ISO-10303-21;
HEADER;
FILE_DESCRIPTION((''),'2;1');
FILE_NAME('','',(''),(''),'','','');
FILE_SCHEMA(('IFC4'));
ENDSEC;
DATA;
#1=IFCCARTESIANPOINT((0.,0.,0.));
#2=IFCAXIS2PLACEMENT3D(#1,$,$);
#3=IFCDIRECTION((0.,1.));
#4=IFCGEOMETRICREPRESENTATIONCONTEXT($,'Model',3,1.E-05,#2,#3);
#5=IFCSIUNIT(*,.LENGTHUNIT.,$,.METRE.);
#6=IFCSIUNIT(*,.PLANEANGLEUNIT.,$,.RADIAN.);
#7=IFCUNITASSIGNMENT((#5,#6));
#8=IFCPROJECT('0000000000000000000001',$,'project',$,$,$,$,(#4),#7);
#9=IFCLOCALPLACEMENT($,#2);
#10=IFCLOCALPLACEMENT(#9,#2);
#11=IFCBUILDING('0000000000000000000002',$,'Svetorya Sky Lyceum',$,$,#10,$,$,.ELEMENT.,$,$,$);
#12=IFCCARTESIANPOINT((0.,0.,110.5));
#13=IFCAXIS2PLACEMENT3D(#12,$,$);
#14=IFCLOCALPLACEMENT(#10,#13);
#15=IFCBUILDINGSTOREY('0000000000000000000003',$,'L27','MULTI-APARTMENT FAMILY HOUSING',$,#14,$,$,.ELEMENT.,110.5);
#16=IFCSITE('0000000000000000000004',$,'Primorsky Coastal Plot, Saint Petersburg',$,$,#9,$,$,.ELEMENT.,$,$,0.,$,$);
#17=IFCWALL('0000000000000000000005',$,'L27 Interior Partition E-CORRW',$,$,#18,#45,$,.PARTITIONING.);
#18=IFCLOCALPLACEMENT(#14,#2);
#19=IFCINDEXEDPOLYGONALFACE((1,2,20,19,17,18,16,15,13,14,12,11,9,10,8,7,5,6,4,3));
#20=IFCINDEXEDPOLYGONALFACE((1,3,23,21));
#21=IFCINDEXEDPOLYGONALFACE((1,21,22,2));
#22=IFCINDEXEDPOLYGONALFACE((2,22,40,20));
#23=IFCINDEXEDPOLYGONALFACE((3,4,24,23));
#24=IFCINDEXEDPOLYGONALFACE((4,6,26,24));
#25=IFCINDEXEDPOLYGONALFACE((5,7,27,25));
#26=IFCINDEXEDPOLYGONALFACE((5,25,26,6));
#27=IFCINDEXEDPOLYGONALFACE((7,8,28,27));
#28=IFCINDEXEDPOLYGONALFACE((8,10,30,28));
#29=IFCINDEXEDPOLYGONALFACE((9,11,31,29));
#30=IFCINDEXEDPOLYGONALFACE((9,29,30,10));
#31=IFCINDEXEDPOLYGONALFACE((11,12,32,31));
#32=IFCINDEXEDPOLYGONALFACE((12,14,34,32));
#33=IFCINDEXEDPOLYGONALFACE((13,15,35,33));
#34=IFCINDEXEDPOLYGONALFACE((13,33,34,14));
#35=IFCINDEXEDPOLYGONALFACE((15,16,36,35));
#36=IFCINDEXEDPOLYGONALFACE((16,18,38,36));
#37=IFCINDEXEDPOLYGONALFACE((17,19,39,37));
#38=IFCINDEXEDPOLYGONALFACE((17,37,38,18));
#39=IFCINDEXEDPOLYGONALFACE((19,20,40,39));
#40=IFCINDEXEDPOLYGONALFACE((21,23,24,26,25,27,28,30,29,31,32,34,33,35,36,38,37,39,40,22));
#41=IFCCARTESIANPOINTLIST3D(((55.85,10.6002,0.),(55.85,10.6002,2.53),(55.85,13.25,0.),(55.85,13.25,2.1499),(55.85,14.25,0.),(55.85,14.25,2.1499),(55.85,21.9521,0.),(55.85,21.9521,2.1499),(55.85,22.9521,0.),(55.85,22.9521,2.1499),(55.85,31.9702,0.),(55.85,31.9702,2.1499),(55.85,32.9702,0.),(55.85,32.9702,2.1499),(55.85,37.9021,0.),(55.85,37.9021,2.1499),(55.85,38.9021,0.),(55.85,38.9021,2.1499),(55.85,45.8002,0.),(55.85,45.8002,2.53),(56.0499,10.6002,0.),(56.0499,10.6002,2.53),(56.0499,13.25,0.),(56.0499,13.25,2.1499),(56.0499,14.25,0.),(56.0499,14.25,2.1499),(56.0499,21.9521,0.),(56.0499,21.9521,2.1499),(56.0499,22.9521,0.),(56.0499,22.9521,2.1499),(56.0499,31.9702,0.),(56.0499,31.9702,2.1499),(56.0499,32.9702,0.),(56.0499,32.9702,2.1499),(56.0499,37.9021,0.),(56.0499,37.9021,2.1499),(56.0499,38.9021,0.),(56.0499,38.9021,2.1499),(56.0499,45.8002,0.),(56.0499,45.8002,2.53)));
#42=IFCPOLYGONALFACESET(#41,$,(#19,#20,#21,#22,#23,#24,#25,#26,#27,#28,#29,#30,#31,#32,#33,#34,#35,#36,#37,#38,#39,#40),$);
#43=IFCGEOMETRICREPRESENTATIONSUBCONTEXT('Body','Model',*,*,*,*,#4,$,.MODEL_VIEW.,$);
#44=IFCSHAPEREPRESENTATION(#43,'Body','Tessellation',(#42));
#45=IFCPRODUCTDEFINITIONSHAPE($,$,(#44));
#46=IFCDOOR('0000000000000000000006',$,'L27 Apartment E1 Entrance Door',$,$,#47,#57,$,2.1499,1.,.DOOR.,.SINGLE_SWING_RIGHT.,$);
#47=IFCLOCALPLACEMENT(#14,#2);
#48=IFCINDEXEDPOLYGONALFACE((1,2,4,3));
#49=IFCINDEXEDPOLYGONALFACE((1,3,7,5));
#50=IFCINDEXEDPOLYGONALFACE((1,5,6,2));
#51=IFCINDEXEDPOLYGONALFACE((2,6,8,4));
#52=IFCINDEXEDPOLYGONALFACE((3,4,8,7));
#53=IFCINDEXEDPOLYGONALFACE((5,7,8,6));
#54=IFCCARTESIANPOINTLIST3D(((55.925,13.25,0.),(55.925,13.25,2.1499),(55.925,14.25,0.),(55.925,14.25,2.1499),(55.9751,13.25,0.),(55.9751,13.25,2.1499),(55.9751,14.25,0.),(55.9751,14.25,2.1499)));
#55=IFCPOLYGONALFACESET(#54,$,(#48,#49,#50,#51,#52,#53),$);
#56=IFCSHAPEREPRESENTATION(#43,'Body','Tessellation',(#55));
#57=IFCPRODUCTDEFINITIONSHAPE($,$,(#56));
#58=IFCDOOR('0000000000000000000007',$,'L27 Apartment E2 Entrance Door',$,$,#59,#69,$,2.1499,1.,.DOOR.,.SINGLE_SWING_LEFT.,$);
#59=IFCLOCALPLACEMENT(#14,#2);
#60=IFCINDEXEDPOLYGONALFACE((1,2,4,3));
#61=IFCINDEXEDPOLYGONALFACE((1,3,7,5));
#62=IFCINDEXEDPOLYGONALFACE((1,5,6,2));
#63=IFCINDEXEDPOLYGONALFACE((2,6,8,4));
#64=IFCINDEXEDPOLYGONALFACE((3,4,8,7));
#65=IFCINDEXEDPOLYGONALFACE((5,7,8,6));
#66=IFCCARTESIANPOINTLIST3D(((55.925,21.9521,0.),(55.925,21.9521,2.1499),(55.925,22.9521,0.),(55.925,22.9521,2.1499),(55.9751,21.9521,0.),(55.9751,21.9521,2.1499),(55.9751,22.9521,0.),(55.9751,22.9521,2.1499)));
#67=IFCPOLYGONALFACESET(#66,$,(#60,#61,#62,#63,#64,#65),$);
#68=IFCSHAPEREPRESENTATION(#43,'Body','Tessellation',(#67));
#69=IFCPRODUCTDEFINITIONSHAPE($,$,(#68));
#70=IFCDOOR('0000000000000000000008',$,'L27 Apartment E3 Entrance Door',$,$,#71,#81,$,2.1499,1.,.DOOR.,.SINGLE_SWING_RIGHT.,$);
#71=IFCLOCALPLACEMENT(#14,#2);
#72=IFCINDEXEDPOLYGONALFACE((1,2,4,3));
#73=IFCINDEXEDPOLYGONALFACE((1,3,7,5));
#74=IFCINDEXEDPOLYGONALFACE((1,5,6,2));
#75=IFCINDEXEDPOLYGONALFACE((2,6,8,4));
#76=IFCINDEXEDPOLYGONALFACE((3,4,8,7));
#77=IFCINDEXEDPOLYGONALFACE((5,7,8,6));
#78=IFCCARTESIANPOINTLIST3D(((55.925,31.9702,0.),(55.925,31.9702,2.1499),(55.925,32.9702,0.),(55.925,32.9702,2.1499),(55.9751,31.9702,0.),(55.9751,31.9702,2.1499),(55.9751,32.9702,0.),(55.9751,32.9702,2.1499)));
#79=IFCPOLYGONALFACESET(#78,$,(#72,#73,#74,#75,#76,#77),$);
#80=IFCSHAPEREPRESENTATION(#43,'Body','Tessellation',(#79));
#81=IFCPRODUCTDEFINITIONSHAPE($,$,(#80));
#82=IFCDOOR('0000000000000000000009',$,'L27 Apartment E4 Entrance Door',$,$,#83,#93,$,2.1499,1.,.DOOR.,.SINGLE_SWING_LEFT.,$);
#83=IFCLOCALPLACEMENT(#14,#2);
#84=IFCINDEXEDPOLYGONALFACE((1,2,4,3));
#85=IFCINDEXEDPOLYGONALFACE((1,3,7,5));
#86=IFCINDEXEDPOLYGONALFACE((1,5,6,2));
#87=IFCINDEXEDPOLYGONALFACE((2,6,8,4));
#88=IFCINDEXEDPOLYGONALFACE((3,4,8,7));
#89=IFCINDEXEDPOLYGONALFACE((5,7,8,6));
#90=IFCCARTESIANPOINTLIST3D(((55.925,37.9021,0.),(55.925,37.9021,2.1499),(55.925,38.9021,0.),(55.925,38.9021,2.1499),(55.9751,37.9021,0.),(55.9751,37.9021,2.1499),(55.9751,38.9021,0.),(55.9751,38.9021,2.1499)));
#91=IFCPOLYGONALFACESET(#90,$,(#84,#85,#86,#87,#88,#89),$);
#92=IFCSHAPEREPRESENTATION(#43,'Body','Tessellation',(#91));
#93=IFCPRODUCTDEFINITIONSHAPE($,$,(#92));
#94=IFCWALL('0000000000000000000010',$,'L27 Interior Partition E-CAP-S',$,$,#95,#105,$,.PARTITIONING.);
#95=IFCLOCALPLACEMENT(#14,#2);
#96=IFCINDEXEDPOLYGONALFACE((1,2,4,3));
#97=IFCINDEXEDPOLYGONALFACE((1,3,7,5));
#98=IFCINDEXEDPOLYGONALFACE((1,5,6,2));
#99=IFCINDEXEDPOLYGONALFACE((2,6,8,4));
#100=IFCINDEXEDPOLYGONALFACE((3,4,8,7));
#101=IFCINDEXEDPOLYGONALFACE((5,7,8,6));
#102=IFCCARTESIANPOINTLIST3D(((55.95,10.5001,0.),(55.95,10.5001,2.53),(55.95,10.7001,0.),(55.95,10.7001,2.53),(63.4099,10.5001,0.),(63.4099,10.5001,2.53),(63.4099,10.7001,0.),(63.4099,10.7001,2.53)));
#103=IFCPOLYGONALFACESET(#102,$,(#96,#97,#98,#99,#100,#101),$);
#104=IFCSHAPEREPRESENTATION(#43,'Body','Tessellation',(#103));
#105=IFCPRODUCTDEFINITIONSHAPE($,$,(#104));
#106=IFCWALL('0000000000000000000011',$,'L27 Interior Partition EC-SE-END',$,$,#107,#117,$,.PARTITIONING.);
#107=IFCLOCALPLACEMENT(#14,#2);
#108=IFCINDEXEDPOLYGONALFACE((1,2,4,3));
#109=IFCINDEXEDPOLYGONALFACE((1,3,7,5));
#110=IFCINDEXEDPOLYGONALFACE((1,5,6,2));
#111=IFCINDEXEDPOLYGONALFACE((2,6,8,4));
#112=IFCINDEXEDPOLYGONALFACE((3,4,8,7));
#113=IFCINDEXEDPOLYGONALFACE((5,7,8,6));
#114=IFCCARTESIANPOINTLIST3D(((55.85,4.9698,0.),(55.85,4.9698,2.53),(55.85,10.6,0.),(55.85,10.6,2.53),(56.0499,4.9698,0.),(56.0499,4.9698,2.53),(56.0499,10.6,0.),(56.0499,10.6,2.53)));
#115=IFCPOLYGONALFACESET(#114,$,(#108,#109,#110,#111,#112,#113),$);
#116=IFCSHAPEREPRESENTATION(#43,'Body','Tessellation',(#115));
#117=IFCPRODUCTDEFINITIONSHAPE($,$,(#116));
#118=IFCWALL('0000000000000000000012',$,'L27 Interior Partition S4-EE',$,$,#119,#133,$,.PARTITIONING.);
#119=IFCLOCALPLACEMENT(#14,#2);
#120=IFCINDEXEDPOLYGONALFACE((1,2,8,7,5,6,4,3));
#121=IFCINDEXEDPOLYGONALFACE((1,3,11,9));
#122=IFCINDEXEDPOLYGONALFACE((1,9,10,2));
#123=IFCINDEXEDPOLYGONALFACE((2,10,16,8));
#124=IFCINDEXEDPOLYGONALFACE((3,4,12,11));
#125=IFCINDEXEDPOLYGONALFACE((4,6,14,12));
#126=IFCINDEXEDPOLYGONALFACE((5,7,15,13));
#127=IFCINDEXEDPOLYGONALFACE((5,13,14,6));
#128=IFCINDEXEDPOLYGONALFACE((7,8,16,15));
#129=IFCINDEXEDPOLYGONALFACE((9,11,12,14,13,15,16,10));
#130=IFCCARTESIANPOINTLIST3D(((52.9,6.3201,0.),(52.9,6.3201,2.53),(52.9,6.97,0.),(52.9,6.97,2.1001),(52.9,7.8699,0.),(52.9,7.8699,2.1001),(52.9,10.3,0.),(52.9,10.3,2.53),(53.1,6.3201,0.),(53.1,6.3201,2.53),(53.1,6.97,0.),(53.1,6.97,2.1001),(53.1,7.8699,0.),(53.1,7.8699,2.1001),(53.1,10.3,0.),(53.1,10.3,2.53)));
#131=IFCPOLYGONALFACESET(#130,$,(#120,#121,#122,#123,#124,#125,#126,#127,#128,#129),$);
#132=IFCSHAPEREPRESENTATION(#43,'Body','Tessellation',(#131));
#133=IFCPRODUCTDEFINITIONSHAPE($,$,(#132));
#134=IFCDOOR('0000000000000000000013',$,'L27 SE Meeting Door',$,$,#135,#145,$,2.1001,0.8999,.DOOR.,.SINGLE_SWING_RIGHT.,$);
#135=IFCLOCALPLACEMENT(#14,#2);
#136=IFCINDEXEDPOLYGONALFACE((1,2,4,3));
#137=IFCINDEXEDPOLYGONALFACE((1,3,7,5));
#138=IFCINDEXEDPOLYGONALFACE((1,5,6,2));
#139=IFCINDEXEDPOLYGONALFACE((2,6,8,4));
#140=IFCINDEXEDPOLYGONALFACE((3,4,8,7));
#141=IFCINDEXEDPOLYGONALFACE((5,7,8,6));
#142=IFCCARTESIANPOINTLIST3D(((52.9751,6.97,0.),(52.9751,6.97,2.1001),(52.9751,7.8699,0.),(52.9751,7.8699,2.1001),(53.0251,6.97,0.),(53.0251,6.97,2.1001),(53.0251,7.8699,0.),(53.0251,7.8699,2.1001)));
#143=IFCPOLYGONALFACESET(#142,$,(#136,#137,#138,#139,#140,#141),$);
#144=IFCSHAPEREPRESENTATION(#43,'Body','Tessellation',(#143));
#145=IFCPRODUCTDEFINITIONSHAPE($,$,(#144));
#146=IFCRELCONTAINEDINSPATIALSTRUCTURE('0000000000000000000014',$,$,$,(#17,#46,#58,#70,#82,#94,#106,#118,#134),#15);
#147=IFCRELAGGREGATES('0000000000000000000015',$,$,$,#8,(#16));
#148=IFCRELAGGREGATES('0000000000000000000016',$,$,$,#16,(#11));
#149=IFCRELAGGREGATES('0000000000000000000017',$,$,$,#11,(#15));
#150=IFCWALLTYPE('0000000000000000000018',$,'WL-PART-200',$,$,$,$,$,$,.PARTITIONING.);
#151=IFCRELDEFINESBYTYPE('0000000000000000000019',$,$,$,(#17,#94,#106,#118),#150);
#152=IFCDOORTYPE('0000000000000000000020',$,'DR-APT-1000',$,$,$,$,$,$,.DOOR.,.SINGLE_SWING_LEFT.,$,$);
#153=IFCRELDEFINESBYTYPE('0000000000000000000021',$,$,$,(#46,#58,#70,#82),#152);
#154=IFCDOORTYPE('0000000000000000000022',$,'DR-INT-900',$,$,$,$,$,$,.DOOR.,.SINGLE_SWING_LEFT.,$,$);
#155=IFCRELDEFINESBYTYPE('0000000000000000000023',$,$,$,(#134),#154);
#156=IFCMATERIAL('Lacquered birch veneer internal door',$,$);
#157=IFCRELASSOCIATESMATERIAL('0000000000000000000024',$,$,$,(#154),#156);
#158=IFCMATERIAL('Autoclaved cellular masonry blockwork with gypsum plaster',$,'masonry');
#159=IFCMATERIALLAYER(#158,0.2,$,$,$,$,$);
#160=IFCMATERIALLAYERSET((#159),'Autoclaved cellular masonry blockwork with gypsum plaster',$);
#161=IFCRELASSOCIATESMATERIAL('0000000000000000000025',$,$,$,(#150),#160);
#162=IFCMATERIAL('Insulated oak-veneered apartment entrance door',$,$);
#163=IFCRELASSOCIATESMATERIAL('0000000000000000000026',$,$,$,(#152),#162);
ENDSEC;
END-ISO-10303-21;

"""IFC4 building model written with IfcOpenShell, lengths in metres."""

from ifc_helpers import new_model, si_unit, direction, frame, frame_2d, origin, place, context, subcontext, project, spatial, rectangle, extrude, material, layer, layer_set, type_object, element, fill, save


model = new_model("IFC4")

# Units and contexts
model_context = context("Model", 3, precision=1e-05, world=origin(), true_north=direction((0.0, 1.0)))
body_context = subcontext(model_context, "Body", "Model", "MODEL_VIEW")
ifc_project = project(units=[si_unit("LENGTHUNIT", "METRE"), si_unit("PLANEANGLEUNIT", "RADIAN")], contexts=[model_context])

# Site, building, storey
site_placement = place(None, origin())
site = spatial("IfcSite", under=ifc_project, at=site_placement, Name="Primorsky Coastal Plot, Saint Petersburg", CompositionType="ELEMENT", RefElevation=0.0)
building_placement = place(site_placement, origin())
building = spatial("IfcBuilding", under=site, at=building_placement, Name="Svetorya Sky Lyceum", CompositionType="ELEMENT")
storey_placement = place(building_placement, frame((0.0, 0.0, 110.5)))
storey = spatial("IfcBuildingStorey", under=building, at=storey_placement, Name="L27", Description="MULTI-APARTMENT FAMILY HOUSING", CompositionType="ELEMENT", Elevation=110.5)

# Shared definitions
ifc_material_1 = material(Name="Lacquered birch veneer internal door")
door_type_1 = type_object("IfcDoorType", Name="DR-INT-900", OperationType="SINGLE_SWING_LEFT", PredefinedType="DOOR", material=ifc_material_1)

# Wall, openings, doors
ifc_material_2 = material(Name="Autoclaved cellular masonry blockwork with gypsum plaster", Category="masonry")
ifc_layer_1 = layer(ifc_material_2, 0.2)
ifc_layer_set_1 = layer_set([ifc_layer_1], Name="Autoclaved cellular masonry blockwork with gypsum plaster")
wall_type_1 = type_object("IfcWallType", Name="WL-PART-200", PredefinedType="PARTITIONING", material=ifc_layer_set_1)
wall_1_placement = place(storey_placement, frame((55.95, 10.6001, 0.0), z_axis=(0.0, 0.0, 1.0), x_axis=(0.0, 1.0, 0.0)))
wall_1 = element("IfcWall", 1, at=wall_1_placement, inside=storey, type_object=wall_type_1, Name="L27 Interior Partition E-CORRW", PredefinedType="PARTITIONING", context=body_context, shape_type="SweptSolid", body=[
    extrude(rectangle(XDim=35.2, YDim=0.2, at=frame_2d((17.6001, 0.0))), origin(), (0.0, 0.0, 1.0), 2.53),
])
opening_1_placement = place(wall_1_placement, frame((2.6499, 0.0, 0.0)))
opening_1 = element("IfcOpeningElement", 2, at=opening_1_placement, cuts=wall_1, PredefinedType="OPENING", context=body_context, shape_type="SweptSolid", body=[
    extrude(rectangle(XDim=1.0, YDim=2.1499, at=frame_2d((0.5, 1.075))), frame((0.0, 0.1099, 0.0), z_axis=(0.0, -1.0, 0.0), x_axis=(1.0, 0.0, 0.0)), (0.0, 0.0, 1.0), 0.22),
])
opening_2_placement = place(wall_1_placement, frame((11.3521, 0.0, 0.0)))
opening_2 = element("IfcOpeningElement", 3, at=opening_2_placement, cuts=wall_1, PredefinedType="OPENING", context=body_context, shape_type="SweptSolid", body=[
    extrude(rectangle(XDim=1.0, YDim=2.1499, at=frame_2d((0.5, 1.075))), frame((0.0, 0.1099, 0.0), z_axis=(0.0, -1.0, 0.0), x_axis=(1.0, 0.0, 0.0)), (0.0, 0.0, 1.0), 0.22),
])
opening_3_placement = place(wall_1_placement, frame((21.3701, 0.0, 0.0)))
opening_3 = element("IfcOpeningElement", 4, at=opening_3_placement, cuts=wall_1, PredefinedType="OPENING", context=body_context, shape_type="SweptSolid", body=[
    extrude(rectangle(XDim=1.0, YDim=2.1499, at=frame_2d((0.5, 1.075))), frame((0.0, 0.1099, 0.0), z_axis=(0.0, -1.0, 0.0), x_axis=(1.0, 0.0, 0.0)), (0.0, 0.0, 1.0), 0.22),
])
opening_4_placement = place(wall_1_placement, frame((27.302, 0.0, 0.0)))
opening_4 = element("IfcOpeningElement", 5, at=opening_4_placement, cuts=wall_1, PredefinedType="OPENING", context=body_context, shape_type="SweptSolid", body=[
    extrude(rectangle(XDim=1.0, YDim=2.1499, at=frame_2d((0.5, 1.075))), frame((0.0, 0.1099, 0.0), z_axis=(0.0, -1.0, 0.0), x_axis=(1.0, 0.0, 0.0)), (0.0, 0.0, 1.0), 0.22),
])
ifc_material_3 = material(Name="Insulated oak-veneered apartment entrance door")
door_type_2 = type_object("IfcDoorType", Name="DR-APT-1000", OperationType="SINGLE_SWING_LEFT", PredefinedType="DOOR", material=ifc_material_3)
door_1_placement = place(opening_1_placement, origin())
door_1 = element("IfcDoor", 6, at=door_1_placement, inside=storey, type_object=door_type_2, Name="L27 Apartment E1 Entrance Door", OperationType="SINGLE_SWING_RIGHT", OverallHeight=2.1499, OverallWidth=1.0, PredefinedType="DOOR", context=body_context, shape_type="SweptSolid", body=[
    extrude(rectangle(XDim=1.0, YDim=2.1499, at=frame_2d((0.5, 1.075))), frame((0.0, 0.0249, 0.0), z_axis=(0.0, -1.0, 0.0), x_axis=(1.0, 0.0, 0.0)), (0.0, 0.0, 1.0), 0.05),
])
fill(opening_1, door_1)
door_2_placement = place(opening_2_placement, origin())
door_2 = element("IfcDoor", 7, at=door_2_placement, inside=storey, type_object=door_type_2, Name="L27 Apartment E2 Entrance Door", OperationType="SINGLE_SWING_LEFT", OverallHeight=2.1499, OverallWidth=1.0, PredefinedType="DOOR", context=body_context, shape_type="SweptSolid", body=[
    extrude(rectangle(XDim=1.0, YDim=2.1499, at=frame_2d((0.5, 1.075))), frame((0.0, 0.0249, 0.0), z_axis=(0.0, -1.0, 0.0), x_axis=(1.0, 0.0, 0.0)), (0.0, 0.0, 1.0), 0.05),
])
fill(opening_2, door_2)
door_3_placement = place(opening_3_placement, origin())
door_3 = element("IfcDoor", 8, at=door_3_placement, inside=storey, type_object=door_type_2, Name="L27 Apartment E3 Entrance Door", OperationType="SINGLE_SWING_RIGHT", OverallHeight=2.1499, OverallWidth=1.0, PredefinedType="DOOR", context=body_context, shape_type="SweptSolid", body=[
    extrude(rectangle(XDim=1.0, YDim=2.1499, at=frame_2d((0.5, 1.075))), frame((0.0, 0.0249, 0.0), z_axis=(0.0, -1.0, 0.0), x_axis=(1.0, 0.0, 0.0)), (0.0, 0.0, 1.0), 0.05),
])
fill(opening_3, door_3)
door_4_placement = place(opening_4_placement, origin())
door_4 = element("IfcDoor", 9, at=door_4_placement, inside=storey, type_object=door_type_2, Name="L27 Apartment E4 Entrance Door", OperationType="SINGLE_SWING_LEFT", OverallHeight=2.1499, OverallWidth=1.0, PredefinedType="DOOR", context=body_context, shape_type="SweptSolid", body=[
    extrude(rectangle(XDim=1.0, YDim=2.1499, at=frame_2d((0.5, 1.075))), frame((0.0, 0.0249, 0.0), z_axis=(0.0, -1.0, 0.0), x_axis=(1.0, 0.0, 0.0)), (0.0, 0.0, 1.0), 0.05),
])
fill(opening_4, door_4)

# Walls
wall_2_placement = place(storey_placement, frame((55.95, 10.6001, 0.0), z_axis=(0.0, 0.0, 1.0), x_axis=(1.0, 0.0, 0.0)))
element("IfcWall", 10, at=wall_2_placement, inside=storey, type_object=wall_type_1, Name="L27 Interior Partition E-CAP-S", PredefinedType="PARTITIONING", context=body_context, shape_type="SweptSolid", body=[
    extrude(rectangle(XDim=7.46, YDim=0.2, at=frame_2d((3.73, 0.0))), origin(), (0.0, 0.0, 1.0), 2.53),
])
wall_3_placement = place(storey_placement, frame((55.95, 4.97, 0.0), z_axis=(0.0, 0.0, 1.0), x_axis=(0.0, 1.0, 0.0)))
element("IfcWall", 11, at=wall_3_placement, inside=storey, type_object=wall_type_1, Name="L27 Interior Partition EC-SE-END", PredefinedType="PARTITIONING", context=body_context, shape_type="SweptSolid", body=[
    extrude(rectangle(XDim=5.6301, YDim=0.2, at=frame_2d((2.8149, 0.0))), origin(), (0.0, 0.0, 1.0), 2.53),
])

# Wall, opening, door
wall_4_placement = place(storey_placement, frame((53.0, 6.3201, 0.0), z_axis=(0.0, 0.0, 1.0), x_axis=(0.0, 1.0, 0.0)))
wall_4 = element("IfcWall", 12, at=wall_4_placement, inside=storey, type_object=wall_type_1, Name="L27 Interior Partition S4-EE", PredefinedType="PARTITIONING", context=body_context, shape_type="SweptSolid", body=[
    extrude(rectangle(XDim=3.98, YDim=0.2, at=frame_2d((1.99, 0.0))), origin(), (0.0, 0.0, 1.0), 2.53),
])
opening_5_placement = place(wall_4_placement, frame((0.6499, 0.0, 0.0)))
opening_5 = element("IfcOpeningElement", 13, at=opening_5_placement, cuts=wall_4, PredefinedType="OPENING", context=body_context, shape_type="SweptSolid", body=[
    extrude(rectangle(XDim=0.8999, YDim=2.1001, at=frame_2d((0.45, 1.05))), frame((0.0, 0.1099, 0.0), z_axis=(0.0, -1.0, 0.0), x_axis=(1.0, 0.0, 0.0)), (0.0, 0.0, 1.0), 0.22),
])
door_5_placement = place(opening_5_placement, origin())
door_5 = element("IfcDoor", 14, at=door_5_placement, inside=storey, type_object=door_type_1, Name="L27 SE Meeting Door", OperationType="SINGLE_SWING_RIGHT", OverallHeight=2.1001, OverallWidth=0.8999, PredefinedType="DOOR", context=body_context, shape_type="SweptSolid", body=[
    extrude(rectangle(XDim=0.8999, YDim=2.1001, at=frame_2d((0.45, 1.05))), frame((0.0, 0.0249, 0.0), z_axis=(0.0, -1.0, 0.0), x_axis=(1.0, 0.0, 0.0)), (0.0, 0.0, 1.0), 0.05),
])
fill(opening_5, door_5)

save(model, "model.ifc")
